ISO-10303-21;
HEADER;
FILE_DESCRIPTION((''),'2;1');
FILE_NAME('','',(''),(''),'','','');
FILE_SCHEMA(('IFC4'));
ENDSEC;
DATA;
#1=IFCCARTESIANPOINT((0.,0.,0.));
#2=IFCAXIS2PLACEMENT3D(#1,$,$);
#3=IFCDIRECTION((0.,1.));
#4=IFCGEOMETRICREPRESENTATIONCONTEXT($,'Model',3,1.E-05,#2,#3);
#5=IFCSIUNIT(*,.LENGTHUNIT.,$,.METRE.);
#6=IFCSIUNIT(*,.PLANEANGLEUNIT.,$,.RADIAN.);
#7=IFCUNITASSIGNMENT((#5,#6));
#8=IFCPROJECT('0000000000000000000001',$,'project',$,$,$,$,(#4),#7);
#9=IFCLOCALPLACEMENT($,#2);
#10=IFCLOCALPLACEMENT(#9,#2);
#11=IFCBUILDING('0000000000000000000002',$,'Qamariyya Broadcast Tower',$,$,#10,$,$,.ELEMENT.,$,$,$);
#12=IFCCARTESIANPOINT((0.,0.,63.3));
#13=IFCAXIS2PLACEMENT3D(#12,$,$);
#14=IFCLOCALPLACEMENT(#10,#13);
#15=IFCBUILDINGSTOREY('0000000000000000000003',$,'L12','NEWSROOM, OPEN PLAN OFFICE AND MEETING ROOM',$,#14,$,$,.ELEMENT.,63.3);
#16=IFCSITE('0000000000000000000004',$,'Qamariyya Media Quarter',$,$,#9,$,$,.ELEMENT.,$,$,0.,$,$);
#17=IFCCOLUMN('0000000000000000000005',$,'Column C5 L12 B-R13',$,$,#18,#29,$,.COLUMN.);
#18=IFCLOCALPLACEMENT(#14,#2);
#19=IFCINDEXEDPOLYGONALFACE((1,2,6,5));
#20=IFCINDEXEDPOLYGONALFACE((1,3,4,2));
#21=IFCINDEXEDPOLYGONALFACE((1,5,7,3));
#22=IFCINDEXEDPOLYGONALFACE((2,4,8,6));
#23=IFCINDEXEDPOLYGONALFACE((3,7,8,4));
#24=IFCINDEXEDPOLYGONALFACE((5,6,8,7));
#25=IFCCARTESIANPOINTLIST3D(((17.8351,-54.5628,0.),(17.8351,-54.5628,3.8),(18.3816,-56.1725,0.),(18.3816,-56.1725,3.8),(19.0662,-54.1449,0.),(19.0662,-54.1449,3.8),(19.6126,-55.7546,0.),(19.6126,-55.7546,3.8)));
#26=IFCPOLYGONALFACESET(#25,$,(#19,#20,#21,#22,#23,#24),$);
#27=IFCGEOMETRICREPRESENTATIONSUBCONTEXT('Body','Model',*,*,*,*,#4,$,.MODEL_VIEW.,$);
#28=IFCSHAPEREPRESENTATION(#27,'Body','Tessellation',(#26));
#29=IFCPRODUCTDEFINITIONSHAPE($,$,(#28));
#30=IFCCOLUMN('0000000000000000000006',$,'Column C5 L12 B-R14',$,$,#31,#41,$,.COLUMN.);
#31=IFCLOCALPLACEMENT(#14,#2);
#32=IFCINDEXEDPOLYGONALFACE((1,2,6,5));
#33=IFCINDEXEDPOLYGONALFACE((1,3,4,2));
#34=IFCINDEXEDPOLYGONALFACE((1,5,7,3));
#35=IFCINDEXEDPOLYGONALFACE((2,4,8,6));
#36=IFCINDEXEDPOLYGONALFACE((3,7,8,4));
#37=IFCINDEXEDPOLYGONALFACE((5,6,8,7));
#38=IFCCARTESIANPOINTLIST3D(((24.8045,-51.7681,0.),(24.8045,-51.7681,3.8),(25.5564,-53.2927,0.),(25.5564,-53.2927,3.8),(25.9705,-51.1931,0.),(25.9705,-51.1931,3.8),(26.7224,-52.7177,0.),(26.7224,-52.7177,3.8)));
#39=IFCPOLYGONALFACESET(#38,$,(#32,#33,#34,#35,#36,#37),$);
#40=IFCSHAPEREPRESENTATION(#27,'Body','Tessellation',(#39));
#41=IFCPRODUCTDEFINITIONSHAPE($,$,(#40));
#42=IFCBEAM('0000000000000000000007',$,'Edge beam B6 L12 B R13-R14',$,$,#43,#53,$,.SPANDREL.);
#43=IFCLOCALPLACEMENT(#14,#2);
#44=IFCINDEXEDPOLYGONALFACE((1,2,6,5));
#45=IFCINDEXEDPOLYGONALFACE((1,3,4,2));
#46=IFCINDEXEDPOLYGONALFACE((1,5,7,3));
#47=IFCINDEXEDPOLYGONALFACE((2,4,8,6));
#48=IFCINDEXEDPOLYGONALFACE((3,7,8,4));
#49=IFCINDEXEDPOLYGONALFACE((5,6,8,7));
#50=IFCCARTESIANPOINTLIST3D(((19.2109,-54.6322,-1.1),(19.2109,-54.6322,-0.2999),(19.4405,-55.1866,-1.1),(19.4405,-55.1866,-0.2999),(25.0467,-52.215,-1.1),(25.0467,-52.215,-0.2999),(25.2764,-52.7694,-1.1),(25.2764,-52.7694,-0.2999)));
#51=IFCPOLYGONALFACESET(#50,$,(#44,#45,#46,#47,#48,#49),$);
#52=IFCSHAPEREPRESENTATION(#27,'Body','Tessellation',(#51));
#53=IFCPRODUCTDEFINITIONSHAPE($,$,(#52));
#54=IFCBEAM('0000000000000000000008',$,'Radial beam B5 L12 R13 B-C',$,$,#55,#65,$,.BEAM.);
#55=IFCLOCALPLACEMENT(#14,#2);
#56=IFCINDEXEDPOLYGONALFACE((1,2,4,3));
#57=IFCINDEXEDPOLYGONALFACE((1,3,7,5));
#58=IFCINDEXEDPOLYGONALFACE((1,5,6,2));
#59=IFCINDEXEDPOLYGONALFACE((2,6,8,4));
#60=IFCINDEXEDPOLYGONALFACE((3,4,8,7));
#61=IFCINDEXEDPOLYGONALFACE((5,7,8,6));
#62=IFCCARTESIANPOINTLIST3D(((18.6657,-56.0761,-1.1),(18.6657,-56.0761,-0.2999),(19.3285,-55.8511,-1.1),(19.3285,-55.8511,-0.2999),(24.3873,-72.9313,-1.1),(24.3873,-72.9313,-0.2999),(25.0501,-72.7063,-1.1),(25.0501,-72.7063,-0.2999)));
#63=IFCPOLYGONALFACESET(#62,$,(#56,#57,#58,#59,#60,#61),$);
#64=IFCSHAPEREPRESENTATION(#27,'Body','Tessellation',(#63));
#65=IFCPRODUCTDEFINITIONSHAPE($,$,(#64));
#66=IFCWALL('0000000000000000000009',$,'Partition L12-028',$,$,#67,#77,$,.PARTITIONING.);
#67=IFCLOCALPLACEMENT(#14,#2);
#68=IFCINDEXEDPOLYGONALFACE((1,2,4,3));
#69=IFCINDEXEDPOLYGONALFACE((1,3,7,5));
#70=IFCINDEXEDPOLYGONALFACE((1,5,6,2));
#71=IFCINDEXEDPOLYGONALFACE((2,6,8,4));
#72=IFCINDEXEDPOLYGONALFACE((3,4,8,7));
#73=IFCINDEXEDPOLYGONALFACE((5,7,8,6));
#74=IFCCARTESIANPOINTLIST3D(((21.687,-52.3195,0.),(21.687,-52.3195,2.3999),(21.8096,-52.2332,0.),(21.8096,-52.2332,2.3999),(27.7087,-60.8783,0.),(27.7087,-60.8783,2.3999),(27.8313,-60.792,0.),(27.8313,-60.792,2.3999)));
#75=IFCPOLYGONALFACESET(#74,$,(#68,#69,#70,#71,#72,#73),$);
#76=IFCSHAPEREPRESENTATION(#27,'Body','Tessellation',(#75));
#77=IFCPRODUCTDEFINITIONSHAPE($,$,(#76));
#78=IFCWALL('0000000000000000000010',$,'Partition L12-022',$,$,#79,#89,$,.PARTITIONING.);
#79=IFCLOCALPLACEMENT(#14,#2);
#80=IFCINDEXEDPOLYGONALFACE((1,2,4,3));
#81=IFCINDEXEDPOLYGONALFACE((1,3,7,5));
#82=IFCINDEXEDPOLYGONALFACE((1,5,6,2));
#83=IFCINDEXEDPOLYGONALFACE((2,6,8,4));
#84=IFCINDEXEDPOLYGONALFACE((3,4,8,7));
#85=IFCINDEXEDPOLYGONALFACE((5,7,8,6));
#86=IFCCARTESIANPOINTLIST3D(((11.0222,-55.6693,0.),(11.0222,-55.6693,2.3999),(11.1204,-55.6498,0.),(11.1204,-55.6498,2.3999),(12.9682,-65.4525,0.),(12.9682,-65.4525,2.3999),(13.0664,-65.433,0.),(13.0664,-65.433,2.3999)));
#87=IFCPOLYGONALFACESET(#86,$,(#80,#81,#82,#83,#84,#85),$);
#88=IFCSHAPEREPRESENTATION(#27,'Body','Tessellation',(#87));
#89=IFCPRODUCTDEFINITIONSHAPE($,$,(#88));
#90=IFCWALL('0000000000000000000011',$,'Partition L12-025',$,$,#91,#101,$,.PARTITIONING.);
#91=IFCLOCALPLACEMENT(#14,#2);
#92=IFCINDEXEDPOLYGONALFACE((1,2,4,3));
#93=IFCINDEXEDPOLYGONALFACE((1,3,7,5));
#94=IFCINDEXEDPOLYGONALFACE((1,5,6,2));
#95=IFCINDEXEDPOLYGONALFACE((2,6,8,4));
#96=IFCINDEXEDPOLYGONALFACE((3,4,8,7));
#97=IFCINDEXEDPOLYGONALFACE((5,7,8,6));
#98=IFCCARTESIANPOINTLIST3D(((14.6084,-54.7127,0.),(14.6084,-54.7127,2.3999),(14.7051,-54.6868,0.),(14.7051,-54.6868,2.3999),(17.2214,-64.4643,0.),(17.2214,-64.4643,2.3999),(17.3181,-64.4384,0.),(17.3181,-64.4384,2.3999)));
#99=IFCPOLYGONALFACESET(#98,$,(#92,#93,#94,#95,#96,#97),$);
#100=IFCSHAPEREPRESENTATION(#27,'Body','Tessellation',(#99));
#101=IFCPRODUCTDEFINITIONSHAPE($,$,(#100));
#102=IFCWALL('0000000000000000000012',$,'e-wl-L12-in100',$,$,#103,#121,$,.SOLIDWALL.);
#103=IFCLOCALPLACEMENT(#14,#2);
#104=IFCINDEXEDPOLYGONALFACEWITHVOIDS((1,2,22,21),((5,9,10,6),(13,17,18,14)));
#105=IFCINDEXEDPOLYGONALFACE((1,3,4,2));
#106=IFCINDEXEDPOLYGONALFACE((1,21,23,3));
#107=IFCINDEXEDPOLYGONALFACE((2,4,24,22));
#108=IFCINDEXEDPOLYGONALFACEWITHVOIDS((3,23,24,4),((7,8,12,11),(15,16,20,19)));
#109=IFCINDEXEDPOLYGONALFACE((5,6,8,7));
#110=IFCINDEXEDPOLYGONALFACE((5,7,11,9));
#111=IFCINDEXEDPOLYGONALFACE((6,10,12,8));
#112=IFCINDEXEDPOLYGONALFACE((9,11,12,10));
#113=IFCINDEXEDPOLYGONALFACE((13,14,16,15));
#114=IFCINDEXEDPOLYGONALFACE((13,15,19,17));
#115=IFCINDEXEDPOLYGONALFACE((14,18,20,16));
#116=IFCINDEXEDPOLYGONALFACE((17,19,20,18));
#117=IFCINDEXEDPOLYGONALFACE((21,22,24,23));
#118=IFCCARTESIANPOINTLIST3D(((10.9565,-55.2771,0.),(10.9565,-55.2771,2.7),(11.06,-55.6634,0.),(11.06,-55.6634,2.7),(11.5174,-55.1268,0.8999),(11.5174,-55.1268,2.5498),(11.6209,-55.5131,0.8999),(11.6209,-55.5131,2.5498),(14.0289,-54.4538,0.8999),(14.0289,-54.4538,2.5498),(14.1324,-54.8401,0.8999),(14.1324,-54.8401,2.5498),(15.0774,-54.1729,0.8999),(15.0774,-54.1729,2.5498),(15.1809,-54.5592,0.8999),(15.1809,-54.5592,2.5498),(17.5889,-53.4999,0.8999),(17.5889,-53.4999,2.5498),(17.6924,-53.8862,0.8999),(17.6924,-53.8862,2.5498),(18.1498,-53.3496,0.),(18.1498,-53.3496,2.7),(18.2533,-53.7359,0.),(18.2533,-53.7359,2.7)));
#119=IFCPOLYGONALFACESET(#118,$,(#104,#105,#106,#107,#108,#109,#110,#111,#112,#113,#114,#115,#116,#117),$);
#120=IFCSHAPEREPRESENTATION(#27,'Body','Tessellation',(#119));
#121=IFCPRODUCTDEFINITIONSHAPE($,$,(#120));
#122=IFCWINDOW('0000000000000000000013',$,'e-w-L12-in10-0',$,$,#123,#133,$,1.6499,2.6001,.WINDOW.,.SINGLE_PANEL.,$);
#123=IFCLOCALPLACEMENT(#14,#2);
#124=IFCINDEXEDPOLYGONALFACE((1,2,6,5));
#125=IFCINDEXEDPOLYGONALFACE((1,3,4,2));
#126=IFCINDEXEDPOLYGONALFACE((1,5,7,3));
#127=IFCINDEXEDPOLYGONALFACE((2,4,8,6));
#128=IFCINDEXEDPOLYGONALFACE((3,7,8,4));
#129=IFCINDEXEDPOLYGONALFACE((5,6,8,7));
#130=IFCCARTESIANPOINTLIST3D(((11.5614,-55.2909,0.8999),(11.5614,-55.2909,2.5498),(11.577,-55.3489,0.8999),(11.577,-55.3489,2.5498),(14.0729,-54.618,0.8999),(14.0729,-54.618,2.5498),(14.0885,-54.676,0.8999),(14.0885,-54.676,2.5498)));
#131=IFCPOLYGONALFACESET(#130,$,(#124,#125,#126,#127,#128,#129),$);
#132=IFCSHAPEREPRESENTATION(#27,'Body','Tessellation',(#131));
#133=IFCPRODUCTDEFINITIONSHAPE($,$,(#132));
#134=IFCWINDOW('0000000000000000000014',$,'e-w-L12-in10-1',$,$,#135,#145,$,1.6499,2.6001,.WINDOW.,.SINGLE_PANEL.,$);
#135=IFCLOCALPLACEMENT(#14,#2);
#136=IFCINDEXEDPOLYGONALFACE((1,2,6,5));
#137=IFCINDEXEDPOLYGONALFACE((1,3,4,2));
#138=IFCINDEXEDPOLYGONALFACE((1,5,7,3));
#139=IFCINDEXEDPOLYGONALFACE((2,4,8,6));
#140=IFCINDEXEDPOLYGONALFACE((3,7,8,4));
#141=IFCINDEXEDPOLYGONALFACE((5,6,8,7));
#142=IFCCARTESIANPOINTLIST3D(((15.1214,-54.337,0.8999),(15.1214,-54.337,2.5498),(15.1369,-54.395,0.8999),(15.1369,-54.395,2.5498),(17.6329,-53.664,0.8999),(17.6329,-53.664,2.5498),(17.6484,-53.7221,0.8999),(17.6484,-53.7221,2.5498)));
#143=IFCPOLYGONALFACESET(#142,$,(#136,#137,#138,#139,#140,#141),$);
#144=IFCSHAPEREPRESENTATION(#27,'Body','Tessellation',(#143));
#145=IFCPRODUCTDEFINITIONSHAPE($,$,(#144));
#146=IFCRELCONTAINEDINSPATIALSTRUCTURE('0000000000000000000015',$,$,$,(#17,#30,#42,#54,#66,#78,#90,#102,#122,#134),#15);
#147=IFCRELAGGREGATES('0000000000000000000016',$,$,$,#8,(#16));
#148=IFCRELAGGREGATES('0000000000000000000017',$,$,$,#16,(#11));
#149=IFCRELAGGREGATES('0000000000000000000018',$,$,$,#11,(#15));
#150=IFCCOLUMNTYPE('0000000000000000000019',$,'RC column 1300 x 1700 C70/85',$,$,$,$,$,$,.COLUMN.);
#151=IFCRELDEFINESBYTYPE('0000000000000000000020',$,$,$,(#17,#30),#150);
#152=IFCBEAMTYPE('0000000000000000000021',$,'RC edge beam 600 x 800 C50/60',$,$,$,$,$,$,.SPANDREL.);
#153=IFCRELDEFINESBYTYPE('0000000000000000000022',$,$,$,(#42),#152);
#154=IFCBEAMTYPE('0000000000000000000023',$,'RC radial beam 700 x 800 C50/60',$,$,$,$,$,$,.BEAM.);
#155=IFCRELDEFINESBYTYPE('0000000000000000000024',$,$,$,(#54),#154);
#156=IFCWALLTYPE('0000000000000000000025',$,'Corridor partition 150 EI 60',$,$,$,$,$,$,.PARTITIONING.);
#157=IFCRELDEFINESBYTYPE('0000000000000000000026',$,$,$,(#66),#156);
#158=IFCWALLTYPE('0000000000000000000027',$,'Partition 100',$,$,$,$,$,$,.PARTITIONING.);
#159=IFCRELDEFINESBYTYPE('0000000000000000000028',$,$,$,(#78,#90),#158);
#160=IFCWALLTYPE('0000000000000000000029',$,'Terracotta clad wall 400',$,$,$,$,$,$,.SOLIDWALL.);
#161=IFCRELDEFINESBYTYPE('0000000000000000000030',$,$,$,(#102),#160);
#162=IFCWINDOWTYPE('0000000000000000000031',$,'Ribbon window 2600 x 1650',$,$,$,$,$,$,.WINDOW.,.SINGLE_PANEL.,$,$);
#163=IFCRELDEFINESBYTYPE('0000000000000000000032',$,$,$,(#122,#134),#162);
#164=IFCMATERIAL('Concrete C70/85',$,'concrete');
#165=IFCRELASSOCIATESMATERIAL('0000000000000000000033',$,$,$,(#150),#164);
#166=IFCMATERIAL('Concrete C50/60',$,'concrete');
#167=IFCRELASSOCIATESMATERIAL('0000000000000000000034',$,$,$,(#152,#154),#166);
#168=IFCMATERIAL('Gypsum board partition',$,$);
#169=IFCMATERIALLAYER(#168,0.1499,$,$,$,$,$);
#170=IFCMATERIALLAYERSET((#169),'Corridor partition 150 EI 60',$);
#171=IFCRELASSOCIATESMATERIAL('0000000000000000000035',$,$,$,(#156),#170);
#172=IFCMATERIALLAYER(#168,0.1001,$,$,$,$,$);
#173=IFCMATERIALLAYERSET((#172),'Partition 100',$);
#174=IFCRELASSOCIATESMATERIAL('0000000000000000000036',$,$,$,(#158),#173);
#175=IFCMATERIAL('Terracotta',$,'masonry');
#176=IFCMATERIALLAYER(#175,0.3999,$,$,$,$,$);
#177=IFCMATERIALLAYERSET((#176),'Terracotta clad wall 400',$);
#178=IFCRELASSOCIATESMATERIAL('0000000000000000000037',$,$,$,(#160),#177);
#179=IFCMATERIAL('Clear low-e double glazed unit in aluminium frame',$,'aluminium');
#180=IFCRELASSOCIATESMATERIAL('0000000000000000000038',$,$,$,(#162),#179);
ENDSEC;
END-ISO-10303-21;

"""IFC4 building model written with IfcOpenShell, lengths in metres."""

from ifc_helpers import new_model, si_unit, direction, frame, frame_2d, origin, origin_2d, place, context, subcontext, project, spatial, rectangle, extrude, material, layer, layer_set, material_profile, profile_set, type_object, element, fill, save


model = new_model("IFC4")

# Units and contexts
model_context = context("Model", 3, precision=1e-05, world=origin(), true_north=direction((0.0, 1.0)))
body_context = subcontext(model_context, "Body", "Model", "MODEL_VIEW")
ifc_project = project(units=[si_unit("LENGTHUNIT", "METRE"), si_unit("PLANEANGLEUNIT", "RADIAN")], contexts=[model_context])

# Site, building, storey
site_placement = place(None, origin())
site = spatial("IfcSite", under=ifc_project, at=site_placement, Name="Qamariyya Media Quarter", CompositionType="ELEMENT", RefElevation=0.0)
building_placement = place(site_placement, origin())
building = spatial("IfcBuilding", under=site, at=building_placement, Name="Qamariyya Broadcast Tower", CompositionType="ELEMENT")
storey_placement = place(building_placement, frame((0.0, 0.0, 63.3)))
storey = spatial("IfcBuildingStorey", under=building, at=storey_placement, Name="L12", Description="NEWSROOM, OPEN PLAN OFFICE AND MEETING ROOM", CompositionType="ELEMENT", Elevation=63.3)

# Columns
ifc_material_1 = material(Name="Concrete C70/85", Category="concrete")
ifc_material_profile_1 = material_profile(ifc_material_1, rectangle(XDim=1.3, YDim=1.7, at=origin_2d()))
ifc_profile_set_1 = profile_set([ifc_material_profile_1], Name="Concrete C70/85")
column_type = type_object("IfcColumnType", Name="RC column 1300 x 1700 C70/85", PredefinedType="COLUMN", material=ifc_profile_set_1)
for number, where, z_axis, x_axis, name in (
    (1, (18.7239, -55.1587, 0.0), (0.0, 0.0, 1.0), (0.94693, 0.321439, 0.0), "Column C5 L12 B-R13"),
    (2, (25.7634, -52.2429, 0.0), (0.0, 0.0, 1.0), (0.896873, 0.442289, 0.0), "Column C5 L12 B-R14"),
):
    element("IfcColumn", number, at=place(storey_placement, frame(where, z_axis=z_axis, x_axis=x_axis)), inside=storey, type_object=column_type, Name=name, PredefinedType="COLUMN", context=body_context, shape_type="SweptSolid", body=[
        extrude(rectangle(XDim=1.3, YDim=1.7, at=origin_2d()), origin(), (0.0, 0.0, 1.0), 3.8),
    ])

# Beams
ifc_material_2 = material(Name="Concrete C50/60", Category="concrete")
ifc_material_profile_2 = material_profile(ifc_material_2, rectangle(XDim=0.6001, YDim=0.8, at=origin_2d()))
ifc_profile_set_2 = profile_set([ifc_material_profile_2], Name="Concrete C50/60")
beam_type_1 = type_object("IfcBeamType", Name="RC edge beam 600 x 800 C50/60", PredefinedType="SPANDREL", material=ifc_profile_set_2)
beam_1_placement = place(storey_placement, frame((19.3257, -54.9094, -0.7), z_axis=(0.923884, 0.382672, 0.0), x_axis=(-0.382672, 0.923884, 0.0)))
element("IfcBeam", 3, at=beam_1_placement, inside=storey, type_object=beam_type_1, Name="Edge beam B6 L12 B R13-R14", PredefinedType="SPANDREL", context=body_context, shape_type="SweptSolid", body=[
    extrude(rectangle(XDim=0.6001, YDim=0.8, at=origin_2d()), origin(), (0.0, 0.0, 1.0), 6.3167),
])
ifc_material_profile_3 = material_profile(ifc_material_2, rectangle(XDim=0.7, YDim=0.8, at=origin_2d()))
ifc_profile_set_3 = profile_set([ifc_material_profile_3], Name="Concrete C50/60")
beam_type_2 = type_object("IfcBeamType", Name="RC radial beam 700 x 800 C50/60", PredefinedType="BEAM", material=ifc_profile_set_3)
beam_2_placement = place(storey_placement, frame((18.9971, -55.9636, -0.7), z_axis=(0.321445, -0.946928, 0.0), x_axis=(0.946928, 0.321445, 0.0)))
element("IfcBeam", 4, at=beam_2_placement, inside=storey, type_object=beam_type_2, Name="Radial beam B5 L12 R13 B-C", PredefinedType="BEAM", context=body_context, shape_type="SweptSolid", body=[
    extrude(rectangle(XDim=0.7, YDim=0.8, at=origin_2d()), origin(), (0.0, 0.0, 1.0), 17.7998),
])

# Walls
ifc_material_3 = material(Name="Gypsum board partition")
ifc_layer_1 = layer(ifc_material_3, 0.1499)
ifc_layer_set_1 = layer_set([ifc_layer_1], Name="Corridor partition 150 EI 60")
wall_type_1 = type_object("IfcWallType", Name="Corridor partition 150 EI 60", PredefinedType="PARTITIONING", material=ifc_layer_set_1)
wall_1_placement = place(storey_placement, frame((21.7483, -52.2764, 0.0), z_axis=(0.0, 0.0, 1.0), x_axis=(0.575419, -0.817858, 0.0)))
element("IfcWall", 5, at=wall_1_placement, inside=storey, type_object=wall_type_1, Name="Partition L12-028", PredefinedType="PARTITIONING", context=body_context, shape_type="SweptSolid", body=[
    extrude(rectangle(XDim=10.4648, YDim=0.1499, at=frame_2d((5.2324, 0.0))), origin(), (0.0, 0.0, 1.0), 2.3999),
])
ifc_layer_2 = layer(ifc_material_3, 0.1001)
ifc_layer_set_2 = layer_set([ifc_layer_2], Name="Partition 100")
wall_type_2 = type_object("IfcWallType", Name="Partition 100", PredefinedType="PARTITIONING", material=ifc_layer_set_2)
wall_2_placement = place(storey_placement, frame((11.0713, -55.6597, 0.0), z_axis=(0.0, 0.0, 1.0), x_axis=(0.195095, -0.980784, 0.0)))
element("IfcWall", 6, at=wall_2_placement, inside=storey, type_object=wall_type_2, Name="Partition L12-022", PredefinedType="PARTITIONING", context=body_context, shape_type="SweptSolid", body=[
    extrude(rectangle(XDim=9.9749, YDim=0.1001, at=frame_2d((4.9873, 0.0))), origin(), (0.0, 0.0, 1.0), 2.3999),
])
wall_3_placement = place(storey_placement, frame((14.6567, -54.6997, 0.0), z_axis=(0.0, 0.0, 1.0), x_axis=(0.258826, -0.965924, 0.0)))
element("IfcWall", 7, at=wall_3_placement, inside=storey, type_object=wall_type_2, Name="Partition L12-025", PredefinedType="PARTITIONING", context=body_context, shape_type="SweptSolid", body=[
    extrude(rectangle(XDim=10.0957, YDim=0.1001, at=frame_2d((5.0479, 0.0))), origin(), (0.0, 0.0, 1.0), 2.3999),
])

# Wall, openings, windows
ifc_material_4 = material(Name="Terracotta", Category="masonry")
ifc_layer_3 = layer(ifc_material_4, 0.3999)
ifc_layer_set_3 = layer_set([ifc_layer_3], Name="Terracotta clad wall 400")
wall_type_3 = type_object("IfcWallType", Name="Terracotta clad wall 400", PredefinedType="SOLIDWALL", material=ifc_layer_set_3)
wall_4_placement = place(storey_placement, frame((18.2017, -53.5427, 0.0), z_axis=(0.0, 0.0, 1.0), x_axis=(-0.965925, -0.258823, 0.0)))
wall_4 = element("IfcWall", 8, at=wall_4_placement, inside=storey, type_object=wall_type_3, Name="e-wl-L12-in100", PredefinedType="SOLIDWALL", context=body_context, shape_type="SweptSolid", body=[
    extrude(rectangle(XDim=7.447, YDim=0.3999, at=frame_2d((3.7236, 0.0))), origin(), (0.0, 0.0, 1.0), 2.7),
])
opening_1_placement = place(wall_4_placement, frame((4.2664, 0.0, 0.8999)))
opening_1 = element("IfcOpeningElement", 9, at=opening_1_placement, cuts=wall_4, PredefinedType="OPENING", context=body_context, shape_type="SweptSolid", body=[
    extrude(rectangle(XDim=2.6001, YDim=1.6499, at=frame_2d((1.3, 0.825))), frame((0.0, 0.21, 0.0), z_axis=(0.0, -1.0, 0.0), x_axis=(1.0, 0.0, 0.0)), (0.0, 0.0, 1.0), 0.4199),
])
opening_2_placement = place(wall_4_placement, frame((0.5808, 0.0, 0.8999)))
opening_2 = element("IfcOpeningElement", 10, at=opening_2_placement, cuts=wall_4, PredefinedType="OPENING", context=body_context, shape_type="SweptSolid", body=[
    extrude(rectangle(XDim=2.6001, YDim=1.6499, at=frame_2d((1.3, 0.825))), frame((0.0, 0.21, 0.0), z_axis=(0.0, -1.0, 0.0), x_axis=(1.0, 0.0, 0.0)), (0.0, 0.0, 1.0), 0.4199),
])
ifc_material_5 = material(Name="Clear low-e double glazed unit in aluminium frame", Category="aluminium")
window_type = type_object("IfcWindowType", Name="Ribbon window 2600 x 1650", PartitioningType="SINGLE_PANEL", PredefinedType="WINDOW", material=ifc_material_5)
window_1_placement = place(opening_1_placement, origin())
window_1 = element("IfcWindow", 11, at=window_1_placement, inside=storey, type_object=window_type, Name="e-w-L12-in10-0", OverallHeight=1.6499, OverallWidth=2.6001, PartitioningType="SINGLE_PANEL", PredefinedType="WINDOW", context=body_context, shape_type="SweptSolid", body=[
    extrude(rectangle(XDim=2.6001, YDim=1.6499, at=frame_2d((1.3, 0.825))), frame((0.0, 0.03, 0.0), z_axis=(0.0, -1.0, 0.0), x_axis=(1.0, 0.0, 0.0)), (0.0, 0.0, 1.0), 0.0601),
])
fill(opening_1, window_1)
window_2_placement = place(opening_2_placement, origin())
window_2 = element("IfcWindow", 12, at=window_2_placement, inside=storey, type_object=window_type, Name="e-w-L12-in10-1", OverallHeight=1.6499, OverallWidth=2.6001, PartitioningType="SINGLE_PANEL", PredefinedType="WINDOW", context=body_context, shape_type="SweptSolid", body=[
    extrude(rectangle(XDim=2.6001, YDim=1.6499, at=frame_2d((1.3, 0.825))), frame((0.0, 0.03, 0.0), z_axis=(0.0, -1.0, 0.0), x_axis=(1.0, 0.0, 0.0)), (0.0, 0.0, 1.0), 0.0601),
])
fill(opening_2, window_2)

save(model, "model.ifc")
